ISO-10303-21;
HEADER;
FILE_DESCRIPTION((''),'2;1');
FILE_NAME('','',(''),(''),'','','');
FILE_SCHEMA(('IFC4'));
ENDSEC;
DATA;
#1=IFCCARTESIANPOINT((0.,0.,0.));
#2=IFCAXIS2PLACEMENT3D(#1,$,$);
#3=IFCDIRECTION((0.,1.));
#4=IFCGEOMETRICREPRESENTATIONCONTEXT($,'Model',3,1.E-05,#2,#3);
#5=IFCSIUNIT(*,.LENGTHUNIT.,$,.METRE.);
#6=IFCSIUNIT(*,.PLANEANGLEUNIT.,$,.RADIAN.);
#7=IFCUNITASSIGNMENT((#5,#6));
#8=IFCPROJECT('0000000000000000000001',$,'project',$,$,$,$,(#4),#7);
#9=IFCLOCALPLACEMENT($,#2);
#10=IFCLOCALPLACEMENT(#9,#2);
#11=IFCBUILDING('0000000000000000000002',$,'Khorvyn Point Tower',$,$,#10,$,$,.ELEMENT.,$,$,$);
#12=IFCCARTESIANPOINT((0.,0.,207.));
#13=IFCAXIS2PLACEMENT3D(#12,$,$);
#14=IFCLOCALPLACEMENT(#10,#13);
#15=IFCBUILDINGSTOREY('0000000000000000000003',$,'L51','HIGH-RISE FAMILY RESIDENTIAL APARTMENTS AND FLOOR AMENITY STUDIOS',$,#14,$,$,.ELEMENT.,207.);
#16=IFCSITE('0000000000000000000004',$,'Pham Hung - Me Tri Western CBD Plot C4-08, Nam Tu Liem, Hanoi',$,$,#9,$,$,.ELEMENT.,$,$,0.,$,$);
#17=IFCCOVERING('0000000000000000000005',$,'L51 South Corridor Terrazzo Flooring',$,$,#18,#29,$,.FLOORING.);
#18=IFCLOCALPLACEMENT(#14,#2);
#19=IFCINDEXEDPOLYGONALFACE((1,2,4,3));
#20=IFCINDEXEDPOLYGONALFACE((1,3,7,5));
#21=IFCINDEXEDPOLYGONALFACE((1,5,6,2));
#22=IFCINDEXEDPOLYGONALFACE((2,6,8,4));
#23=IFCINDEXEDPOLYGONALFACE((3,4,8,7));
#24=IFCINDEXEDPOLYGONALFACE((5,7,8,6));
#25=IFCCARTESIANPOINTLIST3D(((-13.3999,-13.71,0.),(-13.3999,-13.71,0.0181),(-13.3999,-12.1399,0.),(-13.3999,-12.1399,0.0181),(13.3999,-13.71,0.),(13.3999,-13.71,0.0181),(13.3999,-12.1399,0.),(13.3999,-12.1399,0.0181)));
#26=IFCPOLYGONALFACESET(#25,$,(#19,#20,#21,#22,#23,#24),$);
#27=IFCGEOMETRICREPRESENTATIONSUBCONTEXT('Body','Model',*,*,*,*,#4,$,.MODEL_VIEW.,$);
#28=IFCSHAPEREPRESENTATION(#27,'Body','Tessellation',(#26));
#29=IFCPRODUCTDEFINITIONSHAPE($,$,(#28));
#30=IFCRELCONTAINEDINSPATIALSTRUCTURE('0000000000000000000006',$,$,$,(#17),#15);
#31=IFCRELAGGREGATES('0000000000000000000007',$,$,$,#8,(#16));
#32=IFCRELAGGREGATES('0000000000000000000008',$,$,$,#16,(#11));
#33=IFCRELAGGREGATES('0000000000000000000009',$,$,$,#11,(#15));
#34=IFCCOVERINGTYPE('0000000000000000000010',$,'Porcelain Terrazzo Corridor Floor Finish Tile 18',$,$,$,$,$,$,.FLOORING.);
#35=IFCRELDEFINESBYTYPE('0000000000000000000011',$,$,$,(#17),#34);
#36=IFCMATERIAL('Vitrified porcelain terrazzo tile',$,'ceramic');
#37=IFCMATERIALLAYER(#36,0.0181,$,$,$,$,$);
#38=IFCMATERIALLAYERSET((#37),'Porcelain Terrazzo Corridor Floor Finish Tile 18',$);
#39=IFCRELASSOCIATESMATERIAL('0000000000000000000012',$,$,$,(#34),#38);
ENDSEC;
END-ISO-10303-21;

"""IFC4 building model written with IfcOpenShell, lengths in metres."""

from ifc_helpers import new_model, si_unit, direction, frame, origin, place, context, subcontext, project, spatial, polyline, outline, extrude, material, layer, layer_set, type_object, element, save


model = new_model("IFC4")

# Units and contexts
model_context = context("Model", 3, precision=1e-05, world=origin(), true_north=direction((0.0, 1.0)))
body_context = subcontext(model_context, "Body", "Model", "MODEL_VIEW")
ifc_project = project(units=[si_unit("LENGTHUNIT", "METRE"), si_unit("PLANEANGLEUNIT", "RADIAN")], contexts=[model_context])

# Site, building, storey
site_placement = place(None, origin())
site = spatial("IfcSite", under=ifc_project, at=site_placement, Name="Pham Hung - Me Tri Western CBD Plot C4-08, Nam Tu Liem, Hanoi", CompositionType="ELEMENT", RefElevation=0.0)
building_placement = place(site_placement, origin())
building = spatial("IfcBuilding", under=site, at=building_placement, Name="Khorvyn Point Tower", CompositionType="ELEMENT")
storey_placement = place(building_placement, frame((0.0, 0.0, 207.0)))
storey = spatial("IfcBuildingStorey", under=building, at=storey_placement, Name="L51", Description="HIGH-RISE FAMILY RESIDENTIAL APARTMENTS AND FLOOR AMENITY STUDIOS", CompositionType="ELEMENT", Elevation=207.0)

# Covering
ifc_material_1 = material(Name="Vitrified porcelain terrazzo tile", Category="ceramic")
ifc_layer_1 = layer(ifc_material_1, 0.0181)
ifc_layer_set_1 = layer_set([ifc_layer_1], Name="Porcelain Terrazzo Corridor Floor Finish Tile 18")
covering_type_1 = type_object("IfcCoveringType", Name="Porcelain Terrazzo Corridor Floor Finish Tile 18", PredefinedType="FLOORING", material=ifc_layer_set_1)
covering_1_placement = place(storey_placement, origin())
element("IfcCovering", 1, at=covering_1_placement, inside=storey, type_object=covering_type_1, Name="L51 South Corridor Terrazzo Flooring", PredefinedType="FLOORING", context=body_context, shape_type="SweptSolid", body=[
    extrude(outline(polyline([(-13.3999, -13.71), (13.3999, -13.71), (13.3999, -12.1399), (-13.3999, -12.1399), (-13.3999, -13.71)])), origin(), (0.0, 0.0, 1.0), 0.0181),
])

save(model, "model.ifc")
